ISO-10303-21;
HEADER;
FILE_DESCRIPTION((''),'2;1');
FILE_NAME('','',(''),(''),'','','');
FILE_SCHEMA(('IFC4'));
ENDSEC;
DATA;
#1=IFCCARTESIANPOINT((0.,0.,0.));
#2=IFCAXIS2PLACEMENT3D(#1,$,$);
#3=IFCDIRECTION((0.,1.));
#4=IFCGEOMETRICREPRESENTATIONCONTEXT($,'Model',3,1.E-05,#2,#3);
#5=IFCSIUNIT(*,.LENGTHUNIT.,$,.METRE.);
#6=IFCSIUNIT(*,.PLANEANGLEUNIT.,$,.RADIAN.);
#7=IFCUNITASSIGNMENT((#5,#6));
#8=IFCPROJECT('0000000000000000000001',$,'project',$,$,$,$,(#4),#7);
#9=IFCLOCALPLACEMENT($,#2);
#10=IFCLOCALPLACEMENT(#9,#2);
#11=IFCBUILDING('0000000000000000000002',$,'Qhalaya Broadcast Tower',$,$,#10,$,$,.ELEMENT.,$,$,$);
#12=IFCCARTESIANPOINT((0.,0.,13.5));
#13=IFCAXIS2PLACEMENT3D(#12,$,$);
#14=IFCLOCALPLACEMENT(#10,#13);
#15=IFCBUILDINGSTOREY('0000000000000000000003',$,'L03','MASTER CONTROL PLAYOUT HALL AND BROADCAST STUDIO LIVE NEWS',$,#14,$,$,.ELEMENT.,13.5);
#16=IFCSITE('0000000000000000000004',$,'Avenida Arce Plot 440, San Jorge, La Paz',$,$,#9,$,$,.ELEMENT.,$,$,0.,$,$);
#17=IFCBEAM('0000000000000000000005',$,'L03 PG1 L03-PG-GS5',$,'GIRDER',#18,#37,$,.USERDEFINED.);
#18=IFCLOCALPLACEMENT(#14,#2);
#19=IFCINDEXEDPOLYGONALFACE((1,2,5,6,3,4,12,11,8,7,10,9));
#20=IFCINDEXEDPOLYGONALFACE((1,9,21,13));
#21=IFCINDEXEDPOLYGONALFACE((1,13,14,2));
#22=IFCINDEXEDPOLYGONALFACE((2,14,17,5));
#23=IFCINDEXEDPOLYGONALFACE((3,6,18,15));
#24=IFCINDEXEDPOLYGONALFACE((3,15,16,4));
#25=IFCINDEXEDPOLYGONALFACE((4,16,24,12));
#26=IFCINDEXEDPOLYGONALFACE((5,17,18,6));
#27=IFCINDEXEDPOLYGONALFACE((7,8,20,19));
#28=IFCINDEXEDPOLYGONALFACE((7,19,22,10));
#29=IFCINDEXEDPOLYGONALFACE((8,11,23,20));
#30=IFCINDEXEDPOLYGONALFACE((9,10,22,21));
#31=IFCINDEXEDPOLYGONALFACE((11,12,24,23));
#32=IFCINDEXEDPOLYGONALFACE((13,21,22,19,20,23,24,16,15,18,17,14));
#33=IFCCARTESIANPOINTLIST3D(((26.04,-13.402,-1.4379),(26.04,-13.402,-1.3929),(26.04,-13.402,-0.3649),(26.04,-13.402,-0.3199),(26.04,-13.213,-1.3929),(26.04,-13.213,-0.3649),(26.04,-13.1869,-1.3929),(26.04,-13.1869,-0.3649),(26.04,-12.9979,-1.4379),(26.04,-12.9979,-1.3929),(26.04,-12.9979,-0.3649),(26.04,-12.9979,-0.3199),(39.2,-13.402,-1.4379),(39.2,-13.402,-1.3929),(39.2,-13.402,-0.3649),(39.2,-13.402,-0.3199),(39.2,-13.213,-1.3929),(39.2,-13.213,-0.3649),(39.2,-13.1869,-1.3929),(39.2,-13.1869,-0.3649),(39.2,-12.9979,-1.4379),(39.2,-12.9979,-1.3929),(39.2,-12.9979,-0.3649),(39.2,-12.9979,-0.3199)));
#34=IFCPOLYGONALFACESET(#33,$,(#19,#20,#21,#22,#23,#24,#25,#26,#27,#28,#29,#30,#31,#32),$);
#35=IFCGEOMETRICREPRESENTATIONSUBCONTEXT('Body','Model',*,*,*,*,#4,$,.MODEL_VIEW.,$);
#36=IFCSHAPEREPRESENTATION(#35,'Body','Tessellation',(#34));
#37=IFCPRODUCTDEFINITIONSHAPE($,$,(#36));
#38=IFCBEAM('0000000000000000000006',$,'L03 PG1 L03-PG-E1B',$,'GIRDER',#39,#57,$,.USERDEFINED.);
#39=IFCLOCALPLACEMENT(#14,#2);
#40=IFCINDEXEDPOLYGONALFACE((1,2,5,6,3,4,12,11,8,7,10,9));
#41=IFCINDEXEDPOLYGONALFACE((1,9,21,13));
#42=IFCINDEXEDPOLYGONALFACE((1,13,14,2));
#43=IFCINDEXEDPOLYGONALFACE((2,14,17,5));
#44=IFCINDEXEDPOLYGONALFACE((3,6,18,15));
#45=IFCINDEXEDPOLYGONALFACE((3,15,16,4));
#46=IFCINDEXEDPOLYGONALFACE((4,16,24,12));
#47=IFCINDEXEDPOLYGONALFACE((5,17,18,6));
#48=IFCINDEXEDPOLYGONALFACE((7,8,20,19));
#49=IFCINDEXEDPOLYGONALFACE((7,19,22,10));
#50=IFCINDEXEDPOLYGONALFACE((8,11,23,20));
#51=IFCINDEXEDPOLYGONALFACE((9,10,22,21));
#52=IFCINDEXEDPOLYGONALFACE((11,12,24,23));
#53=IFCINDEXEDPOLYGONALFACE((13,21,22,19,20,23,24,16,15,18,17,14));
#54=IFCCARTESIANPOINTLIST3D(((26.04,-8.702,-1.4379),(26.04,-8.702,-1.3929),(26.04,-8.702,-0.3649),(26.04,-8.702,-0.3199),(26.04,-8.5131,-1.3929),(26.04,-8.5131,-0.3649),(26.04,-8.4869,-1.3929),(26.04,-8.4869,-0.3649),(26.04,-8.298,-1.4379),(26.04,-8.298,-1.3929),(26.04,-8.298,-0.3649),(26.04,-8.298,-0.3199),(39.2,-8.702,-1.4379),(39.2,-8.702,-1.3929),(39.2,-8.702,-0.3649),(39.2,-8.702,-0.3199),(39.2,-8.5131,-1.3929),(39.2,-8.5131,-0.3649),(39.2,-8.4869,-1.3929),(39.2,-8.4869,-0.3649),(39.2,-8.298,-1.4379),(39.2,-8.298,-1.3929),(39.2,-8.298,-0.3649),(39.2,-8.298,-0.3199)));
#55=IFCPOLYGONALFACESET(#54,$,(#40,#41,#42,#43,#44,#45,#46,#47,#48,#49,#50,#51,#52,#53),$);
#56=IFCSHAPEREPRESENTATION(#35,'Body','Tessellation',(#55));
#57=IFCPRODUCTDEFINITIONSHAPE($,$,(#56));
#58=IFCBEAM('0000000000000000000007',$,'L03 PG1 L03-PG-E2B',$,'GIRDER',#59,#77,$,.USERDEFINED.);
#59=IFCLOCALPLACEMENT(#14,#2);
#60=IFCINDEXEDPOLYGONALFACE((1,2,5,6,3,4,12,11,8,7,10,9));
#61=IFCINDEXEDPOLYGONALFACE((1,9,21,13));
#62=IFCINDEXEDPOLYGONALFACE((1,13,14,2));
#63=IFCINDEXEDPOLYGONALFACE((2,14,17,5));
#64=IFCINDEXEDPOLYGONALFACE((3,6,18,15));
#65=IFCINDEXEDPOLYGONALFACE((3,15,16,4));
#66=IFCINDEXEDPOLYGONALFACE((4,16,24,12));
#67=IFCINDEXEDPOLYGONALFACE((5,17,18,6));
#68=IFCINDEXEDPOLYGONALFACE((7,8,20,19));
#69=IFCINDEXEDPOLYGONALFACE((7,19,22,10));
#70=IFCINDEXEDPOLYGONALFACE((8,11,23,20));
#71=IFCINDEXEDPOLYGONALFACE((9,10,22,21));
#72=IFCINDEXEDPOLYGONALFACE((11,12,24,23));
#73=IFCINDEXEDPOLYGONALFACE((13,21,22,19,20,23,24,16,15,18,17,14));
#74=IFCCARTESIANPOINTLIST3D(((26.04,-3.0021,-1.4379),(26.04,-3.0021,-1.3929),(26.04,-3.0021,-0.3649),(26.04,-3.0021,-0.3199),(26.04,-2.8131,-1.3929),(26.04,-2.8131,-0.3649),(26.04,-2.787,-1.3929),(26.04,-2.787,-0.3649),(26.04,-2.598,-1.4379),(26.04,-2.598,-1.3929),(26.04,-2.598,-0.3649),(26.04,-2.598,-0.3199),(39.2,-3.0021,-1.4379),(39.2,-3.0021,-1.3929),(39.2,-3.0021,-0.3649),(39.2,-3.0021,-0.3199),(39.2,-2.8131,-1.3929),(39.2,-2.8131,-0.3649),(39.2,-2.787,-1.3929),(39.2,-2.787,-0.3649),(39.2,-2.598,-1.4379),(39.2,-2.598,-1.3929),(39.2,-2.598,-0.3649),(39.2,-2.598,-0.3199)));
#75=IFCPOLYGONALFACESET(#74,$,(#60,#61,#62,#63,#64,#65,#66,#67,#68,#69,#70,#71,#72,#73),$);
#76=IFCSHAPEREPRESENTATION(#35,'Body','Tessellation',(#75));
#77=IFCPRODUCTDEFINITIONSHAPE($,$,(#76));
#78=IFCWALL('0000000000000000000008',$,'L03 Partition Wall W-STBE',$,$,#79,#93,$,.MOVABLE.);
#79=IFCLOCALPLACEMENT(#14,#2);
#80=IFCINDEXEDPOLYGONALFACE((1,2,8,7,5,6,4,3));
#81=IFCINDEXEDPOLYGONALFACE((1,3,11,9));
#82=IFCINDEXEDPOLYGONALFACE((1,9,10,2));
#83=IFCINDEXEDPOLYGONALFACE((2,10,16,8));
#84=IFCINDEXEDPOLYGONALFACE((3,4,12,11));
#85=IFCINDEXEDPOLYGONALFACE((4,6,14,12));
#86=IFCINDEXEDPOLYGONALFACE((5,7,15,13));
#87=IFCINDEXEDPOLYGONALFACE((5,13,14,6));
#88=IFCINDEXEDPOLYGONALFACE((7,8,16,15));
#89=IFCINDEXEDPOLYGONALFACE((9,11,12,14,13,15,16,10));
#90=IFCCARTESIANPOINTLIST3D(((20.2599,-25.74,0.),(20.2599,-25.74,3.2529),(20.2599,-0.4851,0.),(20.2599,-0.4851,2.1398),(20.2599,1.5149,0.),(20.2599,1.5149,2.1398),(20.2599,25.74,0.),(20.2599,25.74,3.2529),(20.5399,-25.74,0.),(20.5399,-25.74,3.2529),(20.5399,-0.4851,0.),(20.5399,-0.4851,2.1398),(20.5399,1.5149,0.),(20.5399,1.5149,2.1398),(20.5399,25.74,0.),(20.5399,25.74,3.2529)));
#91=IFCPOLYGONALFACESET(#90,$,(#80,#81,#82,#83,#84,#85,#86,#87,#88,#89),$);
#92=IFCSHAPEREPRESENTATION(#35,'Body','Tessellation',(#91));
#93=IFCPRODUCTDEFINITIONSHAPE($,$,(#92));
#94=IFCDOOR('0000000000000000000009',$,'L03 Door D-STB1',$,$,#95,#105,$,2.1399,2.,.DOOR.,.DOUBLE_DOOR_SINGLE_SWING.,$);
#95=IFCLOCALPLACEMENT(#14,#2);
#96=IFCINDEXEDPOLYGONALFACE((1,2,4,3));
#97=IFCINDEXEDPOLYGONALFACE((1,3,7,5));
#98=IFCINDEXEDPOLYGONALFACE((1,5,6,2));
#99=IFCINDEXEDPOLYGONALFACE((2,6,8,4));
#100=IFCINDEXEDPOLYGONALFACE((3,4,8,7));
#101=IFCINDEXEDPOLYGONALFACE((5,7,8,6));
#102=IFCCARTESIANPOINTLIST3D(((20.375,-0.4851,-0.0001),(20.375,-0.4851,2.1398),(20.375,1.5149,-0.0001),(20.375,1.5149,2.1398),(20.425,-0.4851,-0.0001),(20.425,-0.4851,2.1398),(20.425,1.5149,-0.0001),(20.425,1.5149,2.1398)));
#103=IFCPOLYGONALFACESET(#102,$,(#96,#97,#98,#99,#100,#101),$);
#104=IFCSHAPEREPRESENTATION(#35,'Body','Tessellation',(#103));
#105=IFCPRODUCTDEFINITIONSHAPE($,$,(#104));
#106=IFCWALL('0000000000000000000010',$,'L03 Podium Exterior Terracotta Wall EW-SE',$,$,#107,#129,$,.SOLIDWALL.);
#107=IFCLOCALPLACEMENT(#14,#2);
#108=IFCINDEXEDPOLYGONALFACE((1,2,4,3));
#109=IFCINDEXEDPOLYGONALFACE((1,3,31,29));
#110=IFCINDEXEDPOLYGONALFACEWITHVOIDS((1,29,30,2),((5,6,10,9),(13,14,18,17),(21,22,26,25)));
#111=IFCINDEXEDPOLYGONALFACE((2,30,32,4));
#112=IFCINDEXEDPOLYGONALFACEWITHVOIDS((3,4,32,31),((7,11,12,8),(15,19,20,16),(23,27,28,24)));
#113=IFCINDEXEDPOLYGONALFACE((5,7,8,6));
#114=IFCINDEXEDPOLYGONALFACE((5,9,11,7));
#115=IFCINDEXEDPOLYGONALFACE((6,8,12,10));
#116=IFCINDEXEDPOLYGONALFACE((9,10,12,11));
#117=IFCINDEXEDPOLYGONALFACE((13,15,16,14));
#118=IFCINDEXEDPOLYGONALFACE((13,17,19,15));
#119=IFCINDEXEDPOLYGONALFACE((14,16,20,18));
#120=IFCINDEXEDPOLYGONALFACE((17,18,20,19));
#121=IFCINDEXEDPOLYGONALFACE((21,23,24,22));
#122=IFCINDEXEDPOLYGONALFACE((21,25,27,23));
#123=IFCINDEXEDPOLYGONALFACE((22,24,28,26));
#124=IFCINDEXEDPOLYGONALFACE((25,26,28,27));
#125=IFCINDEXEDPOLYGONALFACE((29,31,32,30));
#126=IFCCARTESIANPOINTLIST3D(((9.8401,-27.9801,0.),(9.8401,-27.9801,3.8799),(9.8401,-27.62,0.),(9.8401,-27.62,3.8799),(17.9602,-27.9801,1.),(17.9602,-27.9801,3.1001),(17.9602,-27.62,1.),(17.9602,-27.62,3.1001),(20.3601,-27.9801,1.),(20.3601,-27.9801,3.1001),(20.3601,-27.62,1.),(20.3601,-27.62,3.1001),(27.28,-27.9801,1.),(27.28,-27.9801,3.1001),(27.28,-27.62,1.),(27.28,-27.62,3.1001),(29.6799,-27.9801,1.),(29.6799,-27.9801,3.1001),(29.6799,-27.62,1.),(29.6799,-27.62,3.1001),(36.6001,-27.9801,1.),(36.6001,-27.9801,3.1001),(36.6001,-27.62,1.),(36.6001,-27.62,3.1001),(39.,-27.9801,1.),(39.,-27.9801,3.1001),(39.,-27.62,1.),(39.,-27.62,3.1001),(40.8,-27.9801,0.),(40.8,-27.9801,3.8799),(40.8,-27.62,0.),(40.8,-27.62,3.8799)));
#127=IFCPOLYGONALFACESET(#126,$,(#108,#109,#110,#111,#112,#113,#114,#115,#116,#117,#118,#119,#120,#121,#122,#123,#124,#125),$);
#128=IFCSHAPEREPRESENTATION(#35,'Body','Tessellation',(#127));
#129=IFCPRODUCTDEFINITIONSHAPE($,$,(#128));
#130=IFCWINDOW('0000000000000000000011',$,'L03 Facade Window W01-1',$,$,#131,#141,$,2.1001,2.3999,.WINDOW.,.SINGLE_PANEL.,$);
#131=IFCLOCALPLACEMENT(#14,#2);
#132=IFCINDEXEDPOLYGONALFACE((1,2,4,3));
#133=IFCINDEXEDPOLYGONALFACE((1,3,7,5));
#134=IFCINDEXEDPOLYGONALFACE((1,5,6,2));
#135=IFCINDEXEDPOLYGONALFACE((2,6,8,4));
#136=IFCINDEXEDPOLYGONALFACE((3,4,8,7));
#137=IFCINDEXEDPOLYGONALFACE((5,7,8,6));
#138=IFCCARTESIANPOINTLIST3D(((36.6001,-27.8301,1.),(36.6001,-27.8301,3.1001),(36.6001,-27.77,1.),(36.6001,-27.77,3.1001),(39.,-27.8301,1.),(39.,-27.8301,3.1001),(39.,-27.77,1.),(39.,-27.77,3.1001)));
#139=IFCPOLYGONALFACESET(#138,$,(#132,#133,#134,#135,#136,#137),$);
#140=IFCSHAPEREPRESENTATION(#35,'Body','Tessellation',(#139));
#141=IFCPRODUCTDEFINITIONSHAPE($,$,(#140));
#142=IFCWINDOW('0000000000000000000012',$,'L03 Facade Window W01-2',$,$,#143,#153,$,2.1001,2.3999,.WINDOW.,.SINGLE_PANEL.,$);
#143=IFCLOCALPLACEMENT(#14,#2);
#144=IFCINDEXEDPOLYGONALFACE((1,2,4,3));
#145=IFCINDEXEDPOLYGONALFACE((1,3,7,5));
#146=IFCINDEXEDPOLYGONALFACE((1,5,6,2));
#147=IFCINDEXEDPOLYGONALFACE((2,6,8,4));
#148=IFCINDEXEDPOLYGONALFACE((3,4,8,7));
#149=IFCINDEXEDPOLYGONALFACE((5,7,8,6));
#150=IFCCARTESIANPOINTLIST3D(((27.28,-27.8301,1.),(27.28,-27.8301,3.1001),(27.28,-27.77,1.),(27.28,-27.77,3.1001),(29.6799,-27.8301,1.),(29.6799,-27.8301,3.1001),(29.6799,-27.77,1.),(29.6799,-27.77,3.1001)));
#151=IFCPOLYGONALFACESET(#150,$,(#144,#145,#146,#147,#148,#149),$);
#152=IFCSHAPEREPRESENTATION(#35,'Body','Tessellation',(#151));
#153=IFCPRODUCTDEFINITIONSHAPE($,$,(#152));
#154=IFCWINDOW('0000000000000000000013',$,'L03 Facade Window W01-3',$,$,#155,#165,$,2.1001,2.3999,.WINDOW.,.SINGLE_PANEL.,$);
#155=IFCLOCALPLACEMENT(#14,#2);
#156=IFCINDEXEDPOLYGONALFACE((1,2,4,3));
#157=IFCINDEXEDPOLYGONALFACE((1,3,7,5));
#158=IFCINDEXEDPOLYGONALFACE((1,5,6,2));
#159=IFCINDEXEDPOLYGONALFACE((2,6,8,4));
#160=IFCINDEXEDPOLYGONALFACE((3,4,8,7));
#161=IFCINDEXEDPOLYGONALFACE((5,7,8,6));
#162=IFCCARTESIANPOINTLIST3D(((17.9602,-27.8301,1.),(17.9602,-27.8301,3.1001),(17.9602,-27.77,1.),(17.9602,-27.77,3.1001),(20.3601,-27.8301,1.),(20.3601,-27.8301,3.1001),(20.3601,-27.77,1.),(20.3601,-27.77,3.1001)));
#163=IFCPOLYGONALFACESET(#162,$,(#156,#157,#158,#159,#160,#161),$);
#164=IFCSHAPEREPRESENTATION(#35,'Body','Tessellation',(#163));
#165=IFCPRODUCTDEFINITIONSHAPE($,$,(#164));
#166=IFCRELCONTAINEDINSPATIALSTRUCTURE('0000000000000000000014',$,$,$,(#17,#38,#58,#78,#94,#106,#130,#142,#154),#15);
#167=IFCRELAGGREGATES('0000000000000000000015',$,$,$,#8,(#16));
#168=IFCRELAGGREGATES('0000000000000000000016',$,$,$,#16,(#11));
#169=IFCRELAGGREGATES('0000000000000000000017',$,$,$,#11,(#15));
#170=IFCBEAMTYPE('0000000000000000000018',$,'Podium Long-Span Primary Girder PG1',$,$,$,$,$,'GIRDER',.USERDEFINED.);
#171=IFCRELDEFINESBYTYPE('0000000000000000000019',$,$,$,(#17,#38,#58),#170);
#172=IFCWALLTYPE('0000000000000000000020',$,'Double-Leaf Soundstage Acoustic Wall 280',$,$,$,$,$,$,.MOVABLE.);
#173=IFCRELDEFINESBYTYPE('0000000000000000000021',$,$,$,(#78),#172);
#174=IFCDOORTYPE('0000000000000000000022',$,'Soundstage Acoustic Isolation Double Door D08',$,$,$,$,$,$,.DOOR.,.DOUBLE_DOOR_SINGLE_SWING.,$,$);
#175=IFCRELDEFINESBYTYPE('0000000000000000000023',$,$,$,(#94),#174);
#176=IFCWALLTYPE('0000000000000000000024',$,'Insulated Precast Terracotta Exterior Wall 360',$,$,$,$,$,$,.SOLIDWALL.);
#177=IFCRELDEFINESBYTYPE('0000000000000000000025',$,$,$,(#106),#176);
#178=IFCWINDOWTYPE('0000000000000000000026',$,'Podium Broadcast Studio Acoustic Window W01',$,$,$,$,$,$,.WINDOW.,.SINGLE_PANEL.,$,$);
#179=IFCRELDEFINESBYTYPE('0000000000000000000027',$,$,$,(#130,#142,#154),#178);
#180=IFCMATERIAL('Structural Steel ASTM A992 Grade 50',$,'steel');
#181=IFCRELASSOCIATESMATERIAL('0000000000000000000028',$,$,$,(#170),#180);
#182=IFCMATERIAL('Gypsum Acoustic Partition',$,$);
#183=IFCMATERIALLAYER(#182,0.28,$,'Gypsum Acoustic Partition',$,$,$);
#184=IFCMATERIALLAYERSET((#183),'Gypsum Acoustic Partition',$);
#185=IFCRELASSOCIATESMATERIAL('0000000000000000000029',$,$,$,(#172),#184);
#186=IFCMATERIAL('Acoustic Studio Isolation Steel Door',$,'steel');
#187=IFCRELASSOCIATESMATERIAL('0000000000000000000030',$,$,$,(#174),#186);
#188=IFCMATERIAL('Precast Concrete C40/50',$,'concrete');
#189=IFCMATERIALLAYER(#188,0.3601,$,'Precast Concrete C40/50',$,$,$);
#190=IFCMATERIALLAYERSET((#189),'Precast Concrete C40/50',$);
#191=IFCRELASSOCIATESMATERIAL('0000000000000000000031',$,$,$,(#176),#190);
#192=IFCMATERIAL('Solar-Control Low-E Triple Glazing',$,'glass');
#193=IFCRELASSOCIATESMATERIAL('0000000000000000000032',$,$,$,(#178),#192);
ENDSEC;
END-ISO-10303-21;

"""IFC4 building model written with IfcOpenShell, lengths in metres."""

from ifc_helpers import new_model, si_unit, direction, frame, frame_2d, origin, origin_2d, place, context, subcontext, project, spatial, rectangle, i_section, extrude, material, layer, layer_set, material_profile, profile_set, type_object, element, fill, save


model = new_model("IFC4")

# Units and contexts
model_context = context("Model", 3, precision=1e-05, world=origin(), true_north=direction((0.0, 1.0)))
body_context = subcontext(model_context, "Body", "Model", "MODEL_VIEW")
ifc_project = project(units=[si_unit("LENGTHUNIT", "METRE"), si_unit("PLANEANGLEUNIT", "RADIAN")], contexts=[model_context])

# Site, building, storey
site_placement = place(None, origin())
site = spatial("IfcSite", under=ifc_project, at=site_placement, Name="Avenida Arce Plot 440, San Jorge, La Paz", CompositionType="ELEMENT", RefElevation=0.0)
building_placement = place(site_placement, origin())
building = spatial("IfcBuilding", under=site, at=building_placement, Name="Qhalaya Broadcast Tower", CompositionType="ELEMENT")
storey_placement = place(building_placement, frame((0.0, 0.0, 13.5)))
storey = spatial("IfcBuildingStorey", under=building, at=storey_placement, Name="L03", Description="MASTER CONTROL PLAYOUT HALL AND BROADCAST STUDIO LIVE NEWS", CompositionType="ELEMENT", Elevation=13.5)

# Beams
ifc_material_1 = material(Name="Structural Steel ASTM A992 Grade 50", Category="steel")
ifc_material_profile_1 = material_profile(ifc_material_1, i_section(OverallWidth=0.4041, OverallDepth=1.1179, WebThickness=0.0261, FlangeThickness=0.0449, at=origin_2d()), Name="W44X335")
ifc_profile_set_1 = profile_set([ifc_material_profile_1], Name="Structural Steel ASTM A992 Grade 50")
beam_type_1 = type_object("IfcBeamType", Name="Podium Long-Span Primary Girder PG1", ElementType="GIRDER", PredefinedType="USERDEFINED", material=ifc_profile_set_1)
for number, where, z_axis, x_axis, name in (
    (1, (26.04, -13.2, -0.8789), (1.0, 0.0, 0.0), (0.0, 1.0, 0.0), "L03 PG1 L03-PG-GS5"),
    (2, (26.04, -8.5, -0.8789), (1.0, 0.0, 0.0), (0.0, 1.0, 0.0), "L03 PG1 L03-PG-E1B"),
    (3, (26.04, -2.8, -0.8789), (1.0, 0.0, 0.0), (0.0, 1.0, 0.0), "L03 PG1 L03-PG-E2B"),
):
    element("IfcBeam", number, at=place(storey_placement, frame(where, z_axis=z_axis, x_axis=x_axis)), inside=storey, type_object=beam_type_1, Name=name, ObjectType="GIRDER", PredefinedType="USERDEFINED", context=body_context, shape_type="SweptSolid", body=[
        extrude(i_section(OverallWidth=0.4041, OverallDepth=1.1179, WebThickness=0.0261, FlangeThickness=0.0449, at=origin_2d()), origin(), (0.0, 0.0, 1.0), 13.1599),
    ])

# Wall, opening, door
ifc_material_2 = material(Name="Gypsum Acoustic Partition")
ifc_layer_1 = layer(ifc_material_2, 0.28, Name="Gypsum Acoustic Partition")
ifc_layer_set_1 = layer_set([ifc_layer_1], Name="Gypsum Acoustic Partition")
wall_type_1 = type_object("IfcWallType", Name="Double-Leaf Soundstage Acoustic Wall 280", PredefinedType="MOVABLE", material=ifc_layer_set_1)
wall_1_placement = place(storey_placement, frame((20.3999, -25.74, 0.0), z_axis=(0.0, 0.0, 1.0), x_axis=(0.0, 1.0, 0.0)))
wall_1 = element("IfcWall", 4, at=wall_1_placement, inside=storey, type_object=wall_type_1, Name="L03 Partition Wall W-STBE", PredefinedType="MOVABLE", context=body_context, shape_type="SweptSolid", body=[
    extrude(rectangle(XDim=51.48, YDim=0.28, at=frame_2d((25.74, 0.0))), origin(), (0.0, 0.0, 1.0), 3.2529),
])
opening_1_placement = place(wall_1_placement, frame((25.2549, 0.0, 0.0)))
opening_1 = element("IfcOpeningElement", 5, at=opening_1_placement, cuts=wall_1, PredefinedType="OPENING", context=body_context, shape_type="SweptSolid", body=[
    extrude(rectangle(XDim=2.0, YDim=2.1399, at=frame_2d((1.0, 1.0698))), frame((0.0, 0.1521, 0.0), z_axis=(0.0, -1.0, 0.0), x_axis=(1.0, 0.0, 0.0)), (0.0, 0.0, 1.0), 0.304),
])
ifc_material_3 = material(Name="Acoustic Studio Isolation Steel Door", Category="steel")
door_type = type_object("IfcDoorType", Name="Soundstage Acoustic Isolation Double Door D08", OperationType="DOUBLE_DOOR_SINGLE_SWING", PredefinedType="DOOR", material=ifc_material_3)
door_placement = place(opening_1_placement, origin())
door = element("IfcDoor", 6, at=door_placement, inside=storey, type_object=door_type, Name="L03 Door D-STB1", OperationType="DOUBLE_DOOR_SINGLE_SWING", OverallHeight=2.1399, OverallWidth=2.0, PredefinedType="DOOR", context=body_context, shape_type="SweptSolid", body=[
    extrude(rectangle(XDim=2.0, YDim=2.1399, at=frame_2d((1.0, 1.0698))), frame((0.0, 0.0249, 0.0), z_axis=(0.0, -1.0, 0.0), x_axis=(1.0, 0.0, 0.0)), (0.0, 0.0, 1.0), 0.05),
])
fill(opening_1, door)

# Wall, openings, windows
ifc_material_4 = material(Name="Precast Concrete C40/50", Category="concrete")
ifc_layer_2 = layer(ifc_material_4, 0.3601, Name="Precast Concrete C40/50")
ifc_layer_set_2 = layer_set([ifc_layer_2], Name="Precast Concrete C40/50")
wall_type_2 = type_object("IfcWallType", Name="Insulated Precast Terracotta Exterior Wall 360", PredefinedType="SOLIDWALL", material=ifc_layer_set_2)
wall_2_placement = place(storey_placement, frame((40.8, -27.8, 0.0), z_axis=(0.0, 0.0, 1.0), x_axis=(-1.0, 0.0, 0.0)))
wall_2 = element("IfcWall", 7, at=wall_2_placement, inside=storey, type_object=wall_type_2, Name="L03 Podium Exterior Terracotta Wall EW-SE", PredefinedType="SOLIDWALL", context=body_context, shape_type="SweptSolid", body=[
    extrude(rectangle(XDim=30.96, YDim=0.3601, at=frame_2d((15.48, 0.0))), origin(), (0.0, 0.0, 1.0), 3.8799),
])
opening_2_placement = place(wall_2_placement, frame((1.8, 0.0, 1.0)))
opening_2 = element("IfcOpeningElement", 8, at=opening_2_placement, cuts=wall_2, PredefinedType="OPENING", context=body_context, shape_type="SweptSolid", body=[
    extrude(rectangle(XDim=2.3999, YDim=2.1001, at=frame_2d((1.2, 1.05))), frame((0.0, 0.1921, 0.0), z_axis=(0.0, -1.0, 0.0), x_axis=(1.0, 0.0, 0.0)), (0.0, 0.0, 1.0), 0.384),
])
opening_3_placement = place(wall_2_placement, frame((11.1201, 0.0, 1.0)))
opening_3 = element("IfcOpeningElement", 9, at=opening_3_placement, cuts=wall_2, PredefinedType="OPENING", context=body_context, shape_type="SweptSolid", body=[
    extrude(rectangle(XDim=2.3999, YDim=2.1001, at=frame_2d((1.2, 1.05))), frame((0.0, 0.1921, 0.0), z_axis=(0.0, -1.0, 0.0), x_axis=(1.0, 0.0, 0.0)), (0.0, 0.0, 1.0), 0.384),
])
opening_4_placement = place(wall_2_placement, frame((20.4399, 0.0, 1.0)))
opening_4 = element("IfcOpeningElement", 10, at=opening_4_placement, cuts=wall_2, PredefinedType="OPENING", context=body_context, shape_type="SweptSolid", body=[
    extrude(rectangle(XDim=2.3999, YDim=2.1001, at=frame_2d((1.2, 1.05))), frame((0.0, 0.1921, 0.0), z_axis=(0.0, -1.0, 0.0), x_axis=(1.0, 0.0, 0.0)), (0.0, 0.0, 1.0), 0.384),
])
ifc_material_5 = material(Name="Solar-Control Low-E Triple Glazing", Category="glass")
window_type_1 = type_object("IfcWindowType", Name="Podium Broadcast Studio Acoustic Window W01", PartitioningType="SINGLE_PANEL", PredefinedType="WINDOW", material=ifc_material_5)
window_1_placement = place(opening_2_placement, origin())
window_1 = element("IfcWindow", 11, at=window_1_placement, inside=storey, type_object=window_type_1, Name="L03 Facade Window W01-1", OverallHeight=2.1001, OverallWidth=2.3999, PartitioningType="SINGLE_PANEL", PredefinedType="WINDOW", context=body_context, shape_type="SweptSolid", body=[
    extrude(rectangle(XDim=2.3999, YDim=2.1001, at=frame_2d((1.2, 1.05))), frame((0.0, 0.03, 0.0), z_axis=(0.0, -1.0, 0.0), x_axis=(1.0, 0.0, 0.0)), (0.0, 0.0, 1.0), 0.0601),
])
fill(opening_2, window_1)
window_2_placement = place(opening_3_placement, origin())
window_2 = element("IfcWindow", 12, at=window_2_placement, inside=storey, type_object=window_type_1, Name="L03 Facade Window W01-2", OverallHeight=2.1001, OverallWidth=2.3999, PartitioningType="SINGLE_PANEL", PredefinedType="WINDOW", context=body_context, shape_type="SweptSolid", body=[
    extrude(rectangle(XDim=2.3999, YDim=2.1001, at=frame_2d((1.2, 1.05))), frame((0.0, 0.03, 0.0), z_axis=(0.0, -1.0, 0.0), x_axis=(1.0, 0.0, 0.0)), (0.0, 0.0, 1.0), 0.0601),
])
fill(opening_3, window_2)
window_3_placement = place(opening_4_placement, origin())
window_3 = element("IfcWindow", 13, at=window_3_placement, inside=storey, type_object=window_type_1, Name="L03 Facade Window W01-3", OverallHeight=2.1001, OverallWidth=2.3999, PartitioningType="SINGLE_PANEL", PredefinedType="WINDOW", context=body_context, shape_type="SweptSolid", body=[
    extrude(rectangle(XDim=2.3999, YDim=2.1001, at=frame_2d((1.2, 1.05))), frame((0.0, 0.03, 0.0), z_axis=(0.0, -1.0, 0.0), x_axis=(1.0, 0.0, 0.0)), (0.0, 0.0, 1.0), 0.0601),
])
fill(opening_4, window_3)

save(model, "model.ifc")
